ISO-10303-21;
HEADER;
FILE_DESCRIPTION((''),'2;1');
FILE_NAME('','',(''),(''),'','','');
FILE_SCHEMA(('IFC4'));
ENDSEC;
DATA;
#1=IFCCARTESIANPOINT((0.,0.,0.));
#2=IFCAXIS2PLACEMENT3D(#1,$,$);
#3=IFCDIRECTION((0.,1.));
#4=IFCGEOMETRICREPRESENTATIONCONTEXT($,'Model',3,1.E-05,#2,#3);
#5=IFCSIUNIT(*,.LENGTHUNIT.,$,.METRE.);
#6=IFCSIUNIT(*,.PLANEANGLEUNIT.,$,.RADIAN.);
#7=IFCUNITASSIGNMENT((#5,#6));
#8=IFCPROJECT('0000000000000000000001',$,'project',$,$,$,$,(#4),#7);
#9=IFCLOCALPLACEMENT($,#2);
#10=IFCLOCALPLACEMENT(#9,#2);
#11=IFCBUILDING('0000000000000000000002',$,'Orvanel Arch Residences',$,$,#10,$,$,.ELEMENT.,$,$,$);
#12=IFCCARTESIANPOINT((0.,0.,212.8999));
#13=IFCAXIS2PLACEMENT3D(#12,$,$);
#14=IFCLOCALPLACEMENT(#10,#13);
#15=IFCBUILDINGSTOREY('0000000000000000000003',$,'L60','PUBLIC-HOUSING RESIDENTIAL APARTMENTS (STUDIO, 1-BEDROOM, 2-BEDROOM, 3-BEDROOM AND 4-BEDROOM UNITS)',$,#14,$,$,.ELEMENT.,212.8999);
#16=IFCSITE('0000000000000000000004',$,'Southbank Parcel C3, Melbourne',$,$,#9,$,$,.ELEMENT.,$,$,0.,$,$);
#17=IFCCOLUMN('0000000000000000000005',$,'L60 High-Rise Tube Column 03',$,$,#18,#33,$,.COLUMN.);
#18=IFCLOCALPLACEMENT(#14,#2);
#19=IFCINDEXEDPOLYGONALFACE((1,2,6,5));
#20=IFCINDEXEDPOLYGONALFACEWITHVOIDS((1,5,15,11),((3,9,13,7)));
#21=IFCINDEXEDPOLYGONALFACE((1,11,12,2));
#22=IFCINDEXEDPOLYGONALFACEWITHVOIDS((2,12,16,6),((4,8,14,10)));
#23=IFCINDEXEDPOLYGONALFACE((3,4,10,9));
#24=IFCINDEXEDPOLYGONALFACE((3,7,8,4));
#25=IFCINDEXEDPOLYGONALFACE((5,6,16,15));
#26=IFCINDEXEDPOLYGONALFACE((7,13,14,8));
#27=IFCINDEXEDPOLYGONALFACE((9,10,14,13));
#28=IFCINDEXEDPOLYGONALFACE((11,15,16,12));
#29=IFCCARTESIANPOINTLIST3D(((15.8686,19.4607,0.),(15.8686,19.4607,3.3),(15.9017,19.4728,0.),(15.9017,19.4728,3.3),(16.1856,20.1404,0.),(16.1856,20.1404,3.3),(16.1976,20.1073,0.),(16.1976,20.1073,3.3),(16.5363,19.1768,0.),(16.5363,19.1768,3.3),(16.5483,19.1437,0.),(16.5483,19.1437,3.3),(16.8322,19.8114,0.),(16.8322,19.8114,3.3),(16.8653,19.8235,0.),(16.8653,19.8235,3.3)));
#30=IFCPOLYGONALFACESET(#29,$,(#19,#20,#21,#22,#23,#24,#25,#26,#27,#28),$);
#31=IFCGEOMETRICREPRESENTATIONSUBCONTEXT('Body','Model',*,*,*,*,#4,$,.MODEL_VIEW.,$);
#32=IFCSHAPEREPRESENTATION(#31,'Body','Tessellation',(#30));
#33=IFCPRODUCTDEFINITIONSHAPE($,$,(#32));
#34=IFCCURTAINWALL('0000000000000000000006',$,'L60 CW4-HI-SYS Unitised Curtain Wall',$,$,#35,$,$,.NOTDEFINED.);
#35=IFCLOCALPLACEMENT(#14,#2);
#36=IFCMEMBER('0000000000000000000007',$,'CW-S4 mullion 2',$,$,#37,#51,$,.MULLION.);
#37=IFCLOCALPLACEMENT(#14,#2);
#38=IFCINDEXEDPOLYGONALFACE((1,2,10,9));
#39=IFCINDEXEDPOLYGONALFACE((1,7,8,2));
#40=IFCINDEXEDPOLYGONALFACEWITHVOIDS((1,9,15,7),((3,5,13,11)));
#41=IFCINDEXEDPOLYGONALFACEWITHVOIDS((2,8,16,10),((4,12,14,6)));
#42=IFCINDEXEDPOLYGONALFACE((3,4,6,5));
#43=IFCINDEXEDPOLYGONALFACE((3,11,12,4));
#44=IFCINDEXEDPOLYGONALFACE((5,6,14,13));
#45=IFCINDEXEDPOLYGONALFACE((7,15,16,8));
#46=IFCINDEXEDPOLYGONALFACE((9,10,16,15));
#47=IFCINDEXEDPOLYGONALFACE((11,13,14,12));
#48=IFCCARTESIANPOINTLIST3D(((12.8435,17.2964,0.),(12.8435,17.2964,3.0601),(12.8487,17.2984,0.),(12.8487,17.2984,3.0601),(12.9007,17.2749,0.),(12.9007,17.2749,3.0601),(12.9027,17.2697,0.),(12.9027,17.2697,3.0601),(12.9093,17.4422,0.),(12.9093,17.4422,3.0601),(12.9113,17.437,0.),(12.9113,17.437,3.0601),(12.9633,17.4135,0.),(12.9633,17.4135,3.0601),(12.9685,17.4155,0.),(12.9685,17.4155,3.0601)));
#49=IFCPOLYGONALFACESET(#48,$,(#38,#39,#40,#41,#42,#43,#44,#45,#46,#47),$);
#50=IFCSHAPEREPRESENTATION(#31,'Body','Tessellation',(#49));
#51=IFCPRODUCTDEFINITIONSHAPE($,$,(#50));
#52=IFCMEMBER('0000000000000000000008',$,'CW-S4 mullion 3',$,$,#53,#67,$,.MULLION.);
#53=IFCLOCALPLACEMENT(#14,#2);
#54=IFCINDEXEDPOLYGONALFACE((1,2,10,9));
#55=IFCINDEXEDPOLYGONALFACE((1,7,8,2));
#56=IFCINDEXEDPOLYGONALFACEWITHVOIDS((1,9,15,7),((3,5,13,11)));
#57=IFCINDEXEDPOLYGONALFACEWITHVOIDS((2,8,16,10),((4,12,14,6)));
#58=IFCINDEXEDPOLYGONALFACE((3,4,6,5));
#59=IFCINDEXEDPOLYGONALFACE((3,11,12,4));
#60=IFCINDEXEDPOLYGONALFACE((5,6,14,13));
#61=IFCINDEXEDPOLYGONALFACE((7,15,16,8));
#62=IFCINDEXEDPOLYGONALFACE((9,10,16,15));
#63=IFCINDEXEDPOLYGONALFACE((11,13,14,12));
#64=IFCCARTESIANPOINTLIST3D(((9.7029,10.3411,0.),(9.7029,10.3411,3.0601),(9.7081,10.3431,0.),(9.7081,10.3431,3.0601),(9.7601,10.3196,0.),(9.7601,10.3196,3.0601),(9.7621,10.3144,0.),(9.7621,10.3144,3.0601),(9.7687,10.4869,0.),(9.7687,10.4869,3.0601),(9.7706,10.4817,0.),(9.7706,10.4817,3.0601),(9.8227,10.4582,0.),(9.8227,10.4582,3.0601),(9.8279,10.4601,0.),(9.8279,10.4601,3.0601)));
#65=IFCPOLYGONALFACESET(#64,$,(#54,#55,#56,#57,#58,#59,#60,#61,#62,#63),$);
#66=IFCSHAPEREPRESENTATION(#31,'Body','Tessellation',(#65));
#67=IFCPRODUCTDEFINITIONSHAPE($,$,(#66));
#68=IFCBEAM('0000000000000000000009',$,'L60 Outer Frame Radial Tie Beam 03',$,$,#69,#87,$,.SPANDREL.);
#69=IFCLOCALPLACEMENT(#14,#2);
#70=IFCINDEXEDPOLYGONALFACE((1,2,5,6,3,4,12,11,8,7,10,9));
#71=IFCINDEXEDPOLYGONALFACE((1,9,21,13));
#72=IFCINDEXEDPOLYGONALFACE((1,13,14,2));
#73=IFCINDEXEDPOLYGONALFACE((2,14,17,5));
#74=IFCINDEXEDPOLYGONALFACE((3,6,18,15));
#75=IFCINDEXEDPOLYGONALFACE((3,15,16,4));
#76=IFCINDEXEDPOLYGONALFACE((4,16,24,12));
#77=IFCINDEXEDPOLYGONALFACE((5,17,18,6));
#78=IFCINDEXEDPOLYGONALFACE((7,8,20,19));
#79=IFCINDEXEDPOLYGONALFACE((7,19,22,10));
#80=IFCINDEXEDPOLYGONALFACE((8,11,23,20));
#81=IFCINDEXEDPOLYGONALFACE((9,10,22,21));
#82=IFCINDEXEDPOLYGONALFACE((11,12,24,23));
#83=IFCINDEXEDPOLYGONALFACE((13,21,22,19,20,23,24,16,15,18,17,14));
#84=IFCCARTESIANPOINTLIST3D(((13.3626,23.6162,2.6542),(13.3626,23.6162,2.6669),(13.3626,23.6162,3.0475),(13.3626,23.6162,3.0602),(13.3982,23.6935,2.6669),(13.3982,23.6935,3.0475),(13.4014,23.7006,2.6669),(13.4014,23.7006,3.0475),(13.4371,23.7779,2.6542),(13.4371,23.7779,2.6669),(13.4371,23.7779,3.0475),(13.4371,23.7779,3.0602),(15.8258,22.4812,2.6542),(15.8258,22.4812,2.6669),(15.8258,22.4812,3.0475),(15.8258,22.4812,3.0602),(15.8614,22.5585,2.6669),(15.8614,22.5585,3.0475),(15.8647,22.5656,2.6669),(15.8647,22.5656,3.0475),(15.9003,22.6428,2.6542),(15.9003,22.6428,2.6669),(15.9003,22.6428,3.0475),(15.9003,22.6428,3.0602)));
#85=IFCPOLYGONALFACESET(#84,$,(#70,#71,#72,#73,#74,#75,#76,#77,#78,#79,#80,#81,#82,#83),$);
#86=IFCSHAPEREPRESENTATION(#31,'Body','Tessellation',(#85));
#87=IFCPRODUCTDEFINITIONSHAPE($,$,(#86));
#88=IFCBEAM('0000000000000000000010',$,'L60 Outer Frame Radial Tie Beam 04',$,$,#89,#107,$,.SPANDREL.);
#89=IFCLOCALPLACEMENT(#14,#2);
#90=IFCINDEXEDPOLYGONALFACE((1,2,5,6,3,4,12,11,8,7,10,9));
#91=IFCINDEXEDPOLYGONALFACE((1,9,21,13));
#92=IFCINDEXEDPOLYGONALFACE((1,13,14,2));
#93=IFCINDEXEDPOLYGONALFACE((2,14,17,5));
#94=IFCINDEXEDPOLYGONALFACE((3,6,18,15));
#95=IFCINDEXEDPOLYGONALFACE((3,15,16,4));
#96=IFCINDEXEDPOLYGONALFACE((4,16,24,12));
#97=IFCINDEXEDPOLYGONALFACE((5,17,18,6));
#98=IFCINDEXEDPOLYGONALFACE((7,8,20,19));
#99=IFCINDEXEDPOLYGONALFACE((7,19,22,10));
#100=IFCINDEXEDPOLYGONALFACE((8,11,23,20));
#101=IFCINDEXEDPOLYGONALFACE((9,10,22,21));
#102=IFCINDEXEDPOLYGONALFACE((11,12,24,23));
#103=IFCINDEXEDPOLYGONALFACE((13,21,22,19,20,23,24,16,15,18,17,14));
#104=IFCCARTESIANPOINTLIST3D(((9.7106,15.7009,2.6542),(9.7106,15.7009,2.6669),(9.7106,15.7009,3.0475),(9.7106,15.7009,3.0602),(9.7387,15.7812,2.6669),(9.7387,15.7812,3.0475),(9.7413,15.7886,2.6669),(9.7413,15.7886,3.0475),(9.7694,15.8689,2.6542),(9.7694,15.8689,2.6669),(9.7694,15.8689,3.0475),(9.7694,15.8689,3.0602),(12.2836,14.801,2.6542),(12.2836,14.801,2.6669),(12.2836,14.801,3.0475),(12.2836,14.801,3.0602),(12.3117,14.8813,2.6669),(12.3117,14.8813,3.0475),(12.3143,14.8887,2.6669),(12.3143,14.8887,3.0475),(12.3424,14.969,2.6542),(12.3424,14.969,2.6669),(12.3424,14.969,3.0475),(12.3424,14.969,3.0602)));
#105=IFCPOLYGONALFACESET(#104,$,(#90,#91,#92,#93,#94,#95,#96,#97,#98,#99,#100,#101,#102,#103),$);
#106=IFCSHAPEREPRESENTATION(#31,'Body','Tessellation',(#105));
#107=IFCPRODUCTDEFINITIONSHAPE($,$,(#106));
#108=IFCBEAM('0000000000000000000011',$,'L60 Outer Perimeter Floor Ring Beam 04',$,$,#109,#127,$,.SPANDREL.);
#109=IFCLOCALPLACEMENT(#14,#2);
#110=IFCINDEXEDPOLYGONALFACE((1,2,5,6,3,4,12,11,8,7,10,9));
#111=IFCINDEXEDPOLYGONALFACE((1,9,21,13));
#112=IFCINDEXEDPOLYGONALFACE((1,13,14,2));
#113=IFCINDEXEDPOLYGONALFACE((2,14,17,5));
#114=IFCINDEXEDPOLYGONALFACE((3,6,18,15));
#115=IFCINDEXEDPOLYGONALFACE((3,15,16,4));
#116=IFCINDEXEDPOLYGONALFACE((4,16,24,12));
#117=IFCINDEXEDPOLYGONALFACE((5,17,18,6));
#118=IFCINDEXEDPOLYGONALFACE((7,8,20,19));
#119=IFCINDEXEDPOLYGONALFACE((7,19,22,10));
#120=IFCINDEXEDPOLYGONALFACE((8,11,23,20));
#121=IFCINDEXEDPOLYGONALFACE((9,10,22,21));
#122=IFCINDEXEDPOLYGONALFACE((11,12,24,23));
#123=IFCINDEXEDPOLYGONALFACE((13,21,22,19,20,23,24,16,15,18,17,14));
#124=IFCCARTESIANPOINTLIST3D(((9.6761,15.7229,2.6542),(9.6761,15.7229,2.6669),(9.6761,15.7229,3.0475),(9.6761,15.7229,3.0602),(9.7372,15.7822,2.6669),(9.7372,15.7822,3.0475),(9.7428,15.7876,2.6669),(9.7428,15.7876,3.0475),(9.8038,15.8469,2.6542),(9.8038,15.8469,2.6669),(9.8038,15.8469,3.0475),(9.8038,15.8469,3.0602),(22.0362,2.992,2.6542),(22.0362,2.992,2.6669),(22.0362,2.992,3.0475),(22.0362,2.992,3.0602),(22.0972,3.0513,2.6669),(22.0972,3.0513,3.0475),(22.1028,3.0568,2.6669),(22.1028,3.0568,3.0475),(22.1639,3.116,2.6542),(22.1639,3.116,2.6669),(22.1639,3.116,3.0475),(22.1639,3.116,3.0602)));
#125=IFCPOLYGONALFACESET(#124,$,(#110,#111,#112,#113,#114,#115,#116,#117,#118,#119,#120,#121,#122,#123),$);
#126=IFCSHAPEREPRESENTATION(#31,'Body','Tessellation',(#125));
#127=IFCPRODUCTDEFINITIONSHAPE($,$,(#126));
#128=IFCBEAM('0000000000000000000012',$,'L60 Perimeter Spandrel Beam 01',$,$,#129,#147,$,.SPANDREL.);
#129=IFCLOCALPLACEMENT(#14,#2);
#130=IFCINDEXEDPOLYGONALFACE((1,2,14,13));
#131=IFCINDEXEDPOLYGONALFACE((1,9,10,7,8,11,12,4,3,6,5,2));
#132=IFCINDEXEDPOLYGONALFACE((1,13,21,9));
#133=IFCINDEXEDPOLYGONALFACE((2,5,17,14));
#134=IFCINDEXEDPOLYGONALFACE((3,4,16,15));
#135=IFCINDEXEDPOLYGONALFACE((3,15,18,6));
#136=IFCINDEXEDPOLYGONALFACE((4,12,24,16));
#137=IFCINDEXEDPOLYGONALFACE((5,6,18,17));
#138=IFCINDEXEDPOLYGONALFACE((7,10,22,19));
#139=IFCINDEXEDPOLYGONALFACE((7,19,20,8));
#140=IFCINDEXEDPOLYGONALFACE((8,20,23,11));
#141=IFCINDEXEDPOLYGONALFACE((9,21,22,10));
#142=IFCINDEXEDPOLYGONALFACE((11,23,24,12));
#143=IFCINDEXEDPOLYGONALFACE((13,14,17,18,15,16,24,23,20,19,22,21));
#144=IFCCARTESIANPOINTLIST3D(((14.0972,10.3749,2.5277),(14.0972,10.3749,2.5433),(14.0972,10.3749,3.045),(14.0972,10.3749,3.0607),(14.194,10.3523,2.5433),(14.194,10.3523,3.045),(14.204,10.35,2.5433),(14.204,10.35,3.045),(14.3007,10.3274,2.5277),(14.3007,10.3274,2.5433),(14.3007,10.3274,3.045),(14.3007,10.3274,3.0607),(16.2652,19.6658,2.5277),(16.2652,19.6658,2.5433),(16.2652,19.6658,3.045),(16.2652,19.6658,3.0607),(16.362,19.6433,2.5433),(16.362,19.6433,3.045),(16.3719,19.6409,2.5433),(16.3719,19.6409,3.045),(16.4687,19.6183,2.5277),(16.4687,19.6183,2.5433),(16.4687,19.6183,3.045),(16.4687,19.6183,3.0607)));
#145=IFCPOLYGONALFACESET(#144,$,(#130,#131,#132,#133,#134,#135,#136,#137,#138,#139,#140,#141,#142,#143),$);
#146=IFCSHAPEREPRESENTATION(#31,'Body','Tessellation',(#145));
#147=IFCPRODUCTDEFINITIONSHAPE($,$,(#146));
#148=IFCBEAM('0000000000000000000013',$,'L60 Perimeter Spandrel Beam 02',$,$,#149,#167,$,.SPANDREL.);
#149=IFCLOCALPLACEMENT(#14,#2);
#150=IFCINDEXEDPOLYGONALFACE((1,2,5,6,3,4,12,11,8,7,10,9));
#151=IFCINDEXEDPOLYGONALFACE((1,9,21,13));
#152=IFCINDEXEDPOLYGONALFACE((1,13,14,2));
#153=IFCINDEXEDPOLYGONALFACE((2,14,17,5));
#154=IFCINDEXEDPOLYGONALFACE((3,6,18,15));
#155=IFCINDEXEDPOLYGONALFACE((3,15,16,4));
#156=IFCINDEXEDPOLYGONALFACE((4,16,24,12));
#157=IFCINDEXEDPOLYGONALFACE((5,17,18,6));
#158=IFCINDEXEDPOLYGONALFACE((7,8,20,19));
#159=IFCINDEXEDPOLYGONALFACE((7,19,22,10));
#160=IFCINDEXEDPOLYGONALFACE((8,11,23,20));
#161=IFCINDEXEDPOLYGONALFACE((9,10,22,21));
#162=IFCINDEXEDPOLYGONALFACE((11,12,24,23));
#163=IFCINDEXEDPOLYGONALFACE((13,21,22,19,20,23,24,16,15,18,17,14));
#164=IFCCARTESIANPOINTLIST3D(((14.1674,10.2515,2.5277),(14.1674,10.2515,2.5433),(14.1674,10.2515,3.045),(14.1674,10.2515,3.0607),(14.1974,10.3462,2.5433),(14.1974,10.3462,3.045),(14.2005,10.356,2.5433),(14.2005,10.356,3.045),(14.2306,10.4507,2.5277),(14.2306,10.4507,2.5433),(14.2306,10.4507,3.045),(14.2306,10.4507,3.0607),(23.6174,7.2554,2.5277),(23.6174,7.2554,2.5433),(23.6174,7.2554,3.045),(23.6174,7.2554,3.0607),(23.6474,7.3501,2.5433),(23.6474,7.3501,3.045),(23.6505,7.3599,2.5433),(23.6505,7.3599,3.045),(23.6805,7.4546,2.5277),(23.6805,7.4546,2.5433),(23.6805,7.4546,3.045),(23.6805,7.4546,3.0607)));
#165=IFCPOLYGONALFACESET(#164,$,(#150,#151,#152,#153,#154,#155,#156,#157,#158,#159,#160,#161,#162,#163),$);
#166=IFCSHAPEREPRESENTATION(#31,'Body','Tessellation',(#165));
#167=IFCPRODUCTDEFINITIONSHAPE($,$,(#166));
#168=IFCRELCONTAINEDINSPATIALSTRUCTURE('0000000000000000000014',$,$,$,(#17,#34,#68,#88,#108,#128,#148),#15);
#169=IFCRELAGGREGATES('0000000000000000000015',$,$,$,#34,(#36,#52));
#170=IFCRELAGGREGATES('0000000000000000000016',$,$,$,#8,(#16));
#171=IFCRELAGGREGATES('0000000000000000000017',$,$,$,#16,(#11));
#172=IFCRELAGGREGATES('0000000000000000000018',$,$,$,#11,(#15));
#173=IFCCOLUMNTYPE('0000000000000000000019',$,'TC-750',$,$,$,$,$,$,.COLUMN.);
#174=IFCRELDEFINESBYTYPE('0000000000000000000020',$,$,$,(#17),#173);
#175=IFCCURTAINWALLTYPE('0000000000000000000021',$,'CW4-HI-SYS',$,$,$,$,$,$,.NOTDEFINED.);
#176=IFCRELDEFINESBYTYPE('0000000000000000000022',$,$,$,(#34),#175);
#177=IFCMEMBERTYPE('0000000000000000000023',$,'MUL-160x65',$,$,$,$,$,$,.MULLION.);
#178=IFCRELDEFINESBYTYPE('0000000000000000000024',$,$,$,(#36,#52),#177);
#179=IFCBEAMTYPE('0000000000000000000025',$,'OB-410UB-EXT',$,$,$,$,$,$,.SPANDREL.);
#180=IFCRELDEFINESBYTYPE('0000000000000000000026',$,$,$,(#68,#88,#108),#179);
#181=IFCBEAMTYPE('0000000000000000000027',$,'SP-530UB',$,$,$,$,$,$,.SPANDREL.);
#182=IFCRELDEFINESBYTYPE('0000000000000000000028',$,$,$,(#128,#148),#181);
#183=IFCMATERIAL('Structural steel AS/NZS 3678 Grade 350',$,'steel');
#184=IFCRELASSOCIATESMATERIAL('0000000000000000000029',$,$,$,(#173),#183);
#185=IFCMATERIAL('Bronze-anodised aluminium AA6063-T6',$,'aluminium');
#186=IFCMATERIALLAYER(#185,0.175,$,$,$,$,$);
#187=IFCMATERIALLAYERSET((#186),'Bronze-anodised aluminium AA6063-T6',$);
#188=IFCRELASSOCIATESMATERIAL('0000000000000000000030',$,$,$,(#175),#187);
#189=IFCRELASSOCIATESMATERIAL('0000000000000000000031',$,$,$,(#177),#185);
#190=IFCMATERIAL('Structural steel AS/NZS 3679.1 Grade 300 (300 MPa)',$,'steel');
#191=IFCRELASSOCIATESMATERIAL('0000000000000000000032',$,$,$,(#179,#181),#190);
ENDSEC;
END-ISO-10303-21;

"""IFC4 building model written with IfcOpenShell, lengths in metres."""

from ifc_helpers import new_model, si_unit, direction, frame, origin, origin_2d, place, context, subcontext, project, spatial, hollow_rectangle, i_section, extrude, material, layer, layer_set, material_profile, profile_set, type_object, element, aggregate, save


model = new_model("IFC4")

# Units and contexts
model_context = context("Model", 3, precision=1e-05, world=origin(), true_north=direction((0.0, 1.0)))
body_context = subcontext(model_context, "Body", "Model", "MODEL_VIEW")
ifc_project = project(units=[si_unit("LENGTHUNIT", "METRE"), si_unit("PLANEANGLEUNIT", "RADIAN")], contexts=[model_context])

# Site, building, storey
site_placement = place(None, origin())
site = spatial("IfcSite", under=ifc_project, at=site_placement, Name="Southbank Parcel C3, Melbourne", CompositionType="ELEMENT", RefElevation=0.0)
building_placement = place(site_placement, origin())
building = spatial("IfcBuilding", under=site, at=building_placement, Name="Orvanel Arch Residences", CompositionType="ELEMENT")
storey_placement = place(building_placement, frame((0.0, 0.0, 212.8999)))
storey = spatial("IfcBuildingStorey", under=building, at=storey_placement, Name="L60", Description="PUBLIC-HOUSING RESIDENTIAL APARTMENTS (STUDIO, 1-BEDROOM, 2-BEDROOM, 3-BEDROOM AND 4-BEDROOM UNITS)", CompositionType="ELEMENT", Elevation=212.8999)

# Column
ifc_material_1 = material(Name="Structural steel AS/NZS 3678 Grade 350", Category="steel")
ifc_material_profile_1 = material_profile(ifc_material_1, hollow_rectangle(XDim=0.75, YDim=0.75, WallThickness=0.0249, at=origin_2d()), Name="BOX750x750x25")
ifc_profile_set_1 = profile_set([ifc_material_profile_1], Name="Structural steel AS/NZS 3678 Grade 350")
column_type = type_object("IfcColumnType", Name="TC-750", PredefinedType="COLUMN", material=ifc_profile_set_1)
column_placement = place(storey_placement, frame((16.3669, 19.6421, 0.0), z_axis=(0.0, 0.0, 1.0), x_axis=(0.422618, 0.906308, 0.0)))
element("IfcColumn", 1, at=column_placement, inside=storey, type_object=column_type, Name="L60 High-Rise Tube Column 03", PredefinedType="COLUMN", context=body_context, shape_type="SweptSolid", body=[
    extrude(hollow_rectangle(XDim=0.75, YDim=0.75, WallThickness=0.0249, at=origin_2d()), origin(), (0.0, 0.0, 1.0), 3.3),
])

# Curtain wall, members
ifc_material_2 = material(Name="Bronze-anodised aluminium AA6063-T6", Category="aluminium")
ifc_layer_1 = layer(ifc_material_2, 0.175)
ifc_layer_set_1 = layer_set([ifc_layer_1], Name="Bronze-anodised aluminium AA6063-T6")
curtain_wall_type = type_object("IfcCurtainWallType", Name="CW4-HI-SYS", PredefinedType="NOTDEFINED", material=ifc_layer_set_1)
curtain_wall_placement = place(storey_placement, origin())
curtain_wall = element("IfcCurtainWall", 2, at=curtain_wall_placement, inside=storey, type_object=curtain_wall_type, Name="L60 CW4-HI-SYS Unitised Curtain Wall", PredefinedType="NOTDEFINED")
ifc_material_profile_2 = material_profile(ifc_material_2, hollow_rectangle(XDim=0.0649, YDim=0.1599, WallThickness=0.0039, at=origin_2d()), Name="ALU160x65x4")
ifc_profile_set_2 = profile_set([ifc_material_profile_2], Name="Bronze-anodised aluminium AA6063-T6")
member_type_1 = type_object("IfcMemberType", Name="MUL-160x65", PredefinedType="MULLION", material=ifc_profile_set_2)
member_1_placement = place(storey_placement, frame((12.906, 17.356, 0.0), z_axis=(0.0, 0.0, 1.0), x_axis=(0.911396, -0.411531, 0.0)))
member_1 = element("IfcMember", 3, at=member_1_placement, type_object=member_type_1, Name="CW-S4 mullion 2", PredefinedType="MULLION", context=body_context, shape_type="SweptSolid", body=[
    extrude(hollow_rectangle(XDim=0.0649, YDim=0.1599, WallThickness=0.0039, at=origin_2d()), origin(), (0.0, 0.0, 1.0), 3.0601),
])
member_2_placement = place(storey_placement, frame((9.7654, 10.4006, 0.0), z_axis=(0.0, 0.0, 1.0), x_axis=(0.911396, -0.411531, 0.0)))
member_2 = element("IfcMember", 4, at=member_2_placement, type_object=member_type_1, Name="CW-S4 mullion 3", PredefinedType="MULLION", context=body_context, shape_type="SweptSolid", body=[
    extrude(hollow_rectangle(XDim=0.0649, YDim=0.1599, WallThickness=0.0039, at=origin_2d()), origin(), (0.0, 0.0, 1.0), 3.0601),
])

# Beams
ifc_material_3 = material(Name="Structural steel AS/NZS 3679.1 Grade 300 (300 MPa)", Category="steel")
ifc_material_profile_3 = material_profile(ifc_material_3, i_section(OverallWidth=0.178, OverallDepth=0.406, WebThickness=0.0078, FlangeThickness=0.0127, at=origin_2d()), Name="410UB59.7")
ifc_profile_set_3 = profile_set([ifc_material_profile_3], Name="Structural steel AS/NZS 3679.1 Grade 300 (300 MPa)")
beam_type_1 = type_object("IfcBeamType", Name="OB-410UB-EXT", PredefinedType="SPANDREL", material=ifc_profile_set_3)
beam_1_placement = place(storey_placement, frame((15.863, 22.562, 2.8572), z_axis=(-0.908215, 0.418504, 0.0), x_axis=(-0.418504, -0.908215, 0.0)))
element("IfcBeam", 5, at=beam_1_placement, inside=storey, type_object=beam_type_1, Name="L60 Outer Frame Radial Tie Beam 03", PredefinedType="SPANDREL", context=body_context, shape_type="SweptSolid", body=[
    extrude(i_section(OverallWidth=0.178, OverallDepth=0.406, WebThickness=0.0078, FlangeThickness=0.0127, at=origin_2d()), origin(), (0.0, 0.0, 1.0), 2.7122),
])
beam_2_placement = place(storey_placement, frame((12.313, 14.885, 2.8572), z_axis=(-0.943932, 0.330139, 0.0), x_axis=(-0.330139, -0.943932, 0.0)))
element("IfcBeam", 6, at=beam_2_placement, inside=storey, type_object=beam_type_1, Name="L60 Outer Frame Radial Tie Beam 04", PredefinedType="SPANDREL", context=body_context, shape_type="SweptSolid", body=[
    extrude(i_section(OverallWidth=0.178, OverallDepth=0.406, WebThickness=0.0078, FlangeThickness=0.0127, at=origin_2d()), origin(), (0.0, 0.0, 1.0), 2.7258),
])
beam_3_placement = place(storey_placement, frame((9.74, 15.7849, 2.8572), z_axis=(0.69658, -0.71748, 0.0), x_axis=(0.71748, 0.69658, 0.0)))
element("IfcBeam", 7, at=beam_3_placement, inside=storey, type_object=beam_type_1, Name="L60 Outer Perimeter Floor Ring Beam 04", PredefinedType="SPANDREL", context=body_context, shape_type="SweptSolid", body=[
    extrude(i_section(OverallWidth=0.178, OverallDepth=0.406, WebThickness=0.0078, FlangeThickness=0.0127, at=origin_2d()), origin(), (0.0, 0.0, 1.0), 17.7439),
])
ifc_material_profile_4 = material_profile(ifc_material_3, i_section(OverallWidth=0.209, OverallDepth=0.533, WebThickness=0.0103, FlangeThickness=0.0156, at=origin_2d()), Name="530UB92.4")
ifc_profile_set_4 = profile_set([ifc_material_profile_4], Name="Structural steel AS/NZS 3679.1 Grade 300 (300 MPa)")
beam_type_2 = type_object("IfcBeamType", Name="SP-530UB", PredefinedType="SPANDREL", material=ifc_profile_set_4)
beam_4_placement = place(storey_placement, frame((16.3669, 19.6421, 2.7942), z_axis=(-0.227236, -0.97384, 0.0), x_axis=(0.97384, -0.227236, 0.0)))
element("IfcBeam", 8, at=beam_4_placement, inside=storey, type_object=beam_type_2, Name="L60 Perimeter Spandrel Beam 01", PredefinedType="SPANDREL", context=body_context, shape_type="SweptSolid", body=[
    extrude(i_section(OverallWidth=0.209, OverallDepth=0.533, WebThickness=0.0103, FlangeThickness=0.0156, at=origin_2d()), origin(), (0.0, 0.0, 1.0), 9.5405),
])
beam_5_placement = place(storey_placement, frame((14.199, 10.3511, 2.7942), z_axis=(0.953237, -0.302223, 0.0), x_axis=(0.302223, 0.953237, 0.0)))
element("IfcBeam", 9, at=beam_5_placement, inside=storey, type_object=beam_type_2, Name="L60 Perimeter Spandrel Beam 02", PredefinedType="SPANDREL", context=body_context, shape_type="SweptSolid", body=[
    extrude(i_section(OverallWidth=0.209, OverallDepth=0.533, WebThickness=0.0103, FlangeThickness=0.0156, at=origin_2d()), origin(), (0.0, 0.0, 1.0), 9.9136),
])

aggregate(curtain_wall, [member_1, member_2])

save(model, "model.ifc")
